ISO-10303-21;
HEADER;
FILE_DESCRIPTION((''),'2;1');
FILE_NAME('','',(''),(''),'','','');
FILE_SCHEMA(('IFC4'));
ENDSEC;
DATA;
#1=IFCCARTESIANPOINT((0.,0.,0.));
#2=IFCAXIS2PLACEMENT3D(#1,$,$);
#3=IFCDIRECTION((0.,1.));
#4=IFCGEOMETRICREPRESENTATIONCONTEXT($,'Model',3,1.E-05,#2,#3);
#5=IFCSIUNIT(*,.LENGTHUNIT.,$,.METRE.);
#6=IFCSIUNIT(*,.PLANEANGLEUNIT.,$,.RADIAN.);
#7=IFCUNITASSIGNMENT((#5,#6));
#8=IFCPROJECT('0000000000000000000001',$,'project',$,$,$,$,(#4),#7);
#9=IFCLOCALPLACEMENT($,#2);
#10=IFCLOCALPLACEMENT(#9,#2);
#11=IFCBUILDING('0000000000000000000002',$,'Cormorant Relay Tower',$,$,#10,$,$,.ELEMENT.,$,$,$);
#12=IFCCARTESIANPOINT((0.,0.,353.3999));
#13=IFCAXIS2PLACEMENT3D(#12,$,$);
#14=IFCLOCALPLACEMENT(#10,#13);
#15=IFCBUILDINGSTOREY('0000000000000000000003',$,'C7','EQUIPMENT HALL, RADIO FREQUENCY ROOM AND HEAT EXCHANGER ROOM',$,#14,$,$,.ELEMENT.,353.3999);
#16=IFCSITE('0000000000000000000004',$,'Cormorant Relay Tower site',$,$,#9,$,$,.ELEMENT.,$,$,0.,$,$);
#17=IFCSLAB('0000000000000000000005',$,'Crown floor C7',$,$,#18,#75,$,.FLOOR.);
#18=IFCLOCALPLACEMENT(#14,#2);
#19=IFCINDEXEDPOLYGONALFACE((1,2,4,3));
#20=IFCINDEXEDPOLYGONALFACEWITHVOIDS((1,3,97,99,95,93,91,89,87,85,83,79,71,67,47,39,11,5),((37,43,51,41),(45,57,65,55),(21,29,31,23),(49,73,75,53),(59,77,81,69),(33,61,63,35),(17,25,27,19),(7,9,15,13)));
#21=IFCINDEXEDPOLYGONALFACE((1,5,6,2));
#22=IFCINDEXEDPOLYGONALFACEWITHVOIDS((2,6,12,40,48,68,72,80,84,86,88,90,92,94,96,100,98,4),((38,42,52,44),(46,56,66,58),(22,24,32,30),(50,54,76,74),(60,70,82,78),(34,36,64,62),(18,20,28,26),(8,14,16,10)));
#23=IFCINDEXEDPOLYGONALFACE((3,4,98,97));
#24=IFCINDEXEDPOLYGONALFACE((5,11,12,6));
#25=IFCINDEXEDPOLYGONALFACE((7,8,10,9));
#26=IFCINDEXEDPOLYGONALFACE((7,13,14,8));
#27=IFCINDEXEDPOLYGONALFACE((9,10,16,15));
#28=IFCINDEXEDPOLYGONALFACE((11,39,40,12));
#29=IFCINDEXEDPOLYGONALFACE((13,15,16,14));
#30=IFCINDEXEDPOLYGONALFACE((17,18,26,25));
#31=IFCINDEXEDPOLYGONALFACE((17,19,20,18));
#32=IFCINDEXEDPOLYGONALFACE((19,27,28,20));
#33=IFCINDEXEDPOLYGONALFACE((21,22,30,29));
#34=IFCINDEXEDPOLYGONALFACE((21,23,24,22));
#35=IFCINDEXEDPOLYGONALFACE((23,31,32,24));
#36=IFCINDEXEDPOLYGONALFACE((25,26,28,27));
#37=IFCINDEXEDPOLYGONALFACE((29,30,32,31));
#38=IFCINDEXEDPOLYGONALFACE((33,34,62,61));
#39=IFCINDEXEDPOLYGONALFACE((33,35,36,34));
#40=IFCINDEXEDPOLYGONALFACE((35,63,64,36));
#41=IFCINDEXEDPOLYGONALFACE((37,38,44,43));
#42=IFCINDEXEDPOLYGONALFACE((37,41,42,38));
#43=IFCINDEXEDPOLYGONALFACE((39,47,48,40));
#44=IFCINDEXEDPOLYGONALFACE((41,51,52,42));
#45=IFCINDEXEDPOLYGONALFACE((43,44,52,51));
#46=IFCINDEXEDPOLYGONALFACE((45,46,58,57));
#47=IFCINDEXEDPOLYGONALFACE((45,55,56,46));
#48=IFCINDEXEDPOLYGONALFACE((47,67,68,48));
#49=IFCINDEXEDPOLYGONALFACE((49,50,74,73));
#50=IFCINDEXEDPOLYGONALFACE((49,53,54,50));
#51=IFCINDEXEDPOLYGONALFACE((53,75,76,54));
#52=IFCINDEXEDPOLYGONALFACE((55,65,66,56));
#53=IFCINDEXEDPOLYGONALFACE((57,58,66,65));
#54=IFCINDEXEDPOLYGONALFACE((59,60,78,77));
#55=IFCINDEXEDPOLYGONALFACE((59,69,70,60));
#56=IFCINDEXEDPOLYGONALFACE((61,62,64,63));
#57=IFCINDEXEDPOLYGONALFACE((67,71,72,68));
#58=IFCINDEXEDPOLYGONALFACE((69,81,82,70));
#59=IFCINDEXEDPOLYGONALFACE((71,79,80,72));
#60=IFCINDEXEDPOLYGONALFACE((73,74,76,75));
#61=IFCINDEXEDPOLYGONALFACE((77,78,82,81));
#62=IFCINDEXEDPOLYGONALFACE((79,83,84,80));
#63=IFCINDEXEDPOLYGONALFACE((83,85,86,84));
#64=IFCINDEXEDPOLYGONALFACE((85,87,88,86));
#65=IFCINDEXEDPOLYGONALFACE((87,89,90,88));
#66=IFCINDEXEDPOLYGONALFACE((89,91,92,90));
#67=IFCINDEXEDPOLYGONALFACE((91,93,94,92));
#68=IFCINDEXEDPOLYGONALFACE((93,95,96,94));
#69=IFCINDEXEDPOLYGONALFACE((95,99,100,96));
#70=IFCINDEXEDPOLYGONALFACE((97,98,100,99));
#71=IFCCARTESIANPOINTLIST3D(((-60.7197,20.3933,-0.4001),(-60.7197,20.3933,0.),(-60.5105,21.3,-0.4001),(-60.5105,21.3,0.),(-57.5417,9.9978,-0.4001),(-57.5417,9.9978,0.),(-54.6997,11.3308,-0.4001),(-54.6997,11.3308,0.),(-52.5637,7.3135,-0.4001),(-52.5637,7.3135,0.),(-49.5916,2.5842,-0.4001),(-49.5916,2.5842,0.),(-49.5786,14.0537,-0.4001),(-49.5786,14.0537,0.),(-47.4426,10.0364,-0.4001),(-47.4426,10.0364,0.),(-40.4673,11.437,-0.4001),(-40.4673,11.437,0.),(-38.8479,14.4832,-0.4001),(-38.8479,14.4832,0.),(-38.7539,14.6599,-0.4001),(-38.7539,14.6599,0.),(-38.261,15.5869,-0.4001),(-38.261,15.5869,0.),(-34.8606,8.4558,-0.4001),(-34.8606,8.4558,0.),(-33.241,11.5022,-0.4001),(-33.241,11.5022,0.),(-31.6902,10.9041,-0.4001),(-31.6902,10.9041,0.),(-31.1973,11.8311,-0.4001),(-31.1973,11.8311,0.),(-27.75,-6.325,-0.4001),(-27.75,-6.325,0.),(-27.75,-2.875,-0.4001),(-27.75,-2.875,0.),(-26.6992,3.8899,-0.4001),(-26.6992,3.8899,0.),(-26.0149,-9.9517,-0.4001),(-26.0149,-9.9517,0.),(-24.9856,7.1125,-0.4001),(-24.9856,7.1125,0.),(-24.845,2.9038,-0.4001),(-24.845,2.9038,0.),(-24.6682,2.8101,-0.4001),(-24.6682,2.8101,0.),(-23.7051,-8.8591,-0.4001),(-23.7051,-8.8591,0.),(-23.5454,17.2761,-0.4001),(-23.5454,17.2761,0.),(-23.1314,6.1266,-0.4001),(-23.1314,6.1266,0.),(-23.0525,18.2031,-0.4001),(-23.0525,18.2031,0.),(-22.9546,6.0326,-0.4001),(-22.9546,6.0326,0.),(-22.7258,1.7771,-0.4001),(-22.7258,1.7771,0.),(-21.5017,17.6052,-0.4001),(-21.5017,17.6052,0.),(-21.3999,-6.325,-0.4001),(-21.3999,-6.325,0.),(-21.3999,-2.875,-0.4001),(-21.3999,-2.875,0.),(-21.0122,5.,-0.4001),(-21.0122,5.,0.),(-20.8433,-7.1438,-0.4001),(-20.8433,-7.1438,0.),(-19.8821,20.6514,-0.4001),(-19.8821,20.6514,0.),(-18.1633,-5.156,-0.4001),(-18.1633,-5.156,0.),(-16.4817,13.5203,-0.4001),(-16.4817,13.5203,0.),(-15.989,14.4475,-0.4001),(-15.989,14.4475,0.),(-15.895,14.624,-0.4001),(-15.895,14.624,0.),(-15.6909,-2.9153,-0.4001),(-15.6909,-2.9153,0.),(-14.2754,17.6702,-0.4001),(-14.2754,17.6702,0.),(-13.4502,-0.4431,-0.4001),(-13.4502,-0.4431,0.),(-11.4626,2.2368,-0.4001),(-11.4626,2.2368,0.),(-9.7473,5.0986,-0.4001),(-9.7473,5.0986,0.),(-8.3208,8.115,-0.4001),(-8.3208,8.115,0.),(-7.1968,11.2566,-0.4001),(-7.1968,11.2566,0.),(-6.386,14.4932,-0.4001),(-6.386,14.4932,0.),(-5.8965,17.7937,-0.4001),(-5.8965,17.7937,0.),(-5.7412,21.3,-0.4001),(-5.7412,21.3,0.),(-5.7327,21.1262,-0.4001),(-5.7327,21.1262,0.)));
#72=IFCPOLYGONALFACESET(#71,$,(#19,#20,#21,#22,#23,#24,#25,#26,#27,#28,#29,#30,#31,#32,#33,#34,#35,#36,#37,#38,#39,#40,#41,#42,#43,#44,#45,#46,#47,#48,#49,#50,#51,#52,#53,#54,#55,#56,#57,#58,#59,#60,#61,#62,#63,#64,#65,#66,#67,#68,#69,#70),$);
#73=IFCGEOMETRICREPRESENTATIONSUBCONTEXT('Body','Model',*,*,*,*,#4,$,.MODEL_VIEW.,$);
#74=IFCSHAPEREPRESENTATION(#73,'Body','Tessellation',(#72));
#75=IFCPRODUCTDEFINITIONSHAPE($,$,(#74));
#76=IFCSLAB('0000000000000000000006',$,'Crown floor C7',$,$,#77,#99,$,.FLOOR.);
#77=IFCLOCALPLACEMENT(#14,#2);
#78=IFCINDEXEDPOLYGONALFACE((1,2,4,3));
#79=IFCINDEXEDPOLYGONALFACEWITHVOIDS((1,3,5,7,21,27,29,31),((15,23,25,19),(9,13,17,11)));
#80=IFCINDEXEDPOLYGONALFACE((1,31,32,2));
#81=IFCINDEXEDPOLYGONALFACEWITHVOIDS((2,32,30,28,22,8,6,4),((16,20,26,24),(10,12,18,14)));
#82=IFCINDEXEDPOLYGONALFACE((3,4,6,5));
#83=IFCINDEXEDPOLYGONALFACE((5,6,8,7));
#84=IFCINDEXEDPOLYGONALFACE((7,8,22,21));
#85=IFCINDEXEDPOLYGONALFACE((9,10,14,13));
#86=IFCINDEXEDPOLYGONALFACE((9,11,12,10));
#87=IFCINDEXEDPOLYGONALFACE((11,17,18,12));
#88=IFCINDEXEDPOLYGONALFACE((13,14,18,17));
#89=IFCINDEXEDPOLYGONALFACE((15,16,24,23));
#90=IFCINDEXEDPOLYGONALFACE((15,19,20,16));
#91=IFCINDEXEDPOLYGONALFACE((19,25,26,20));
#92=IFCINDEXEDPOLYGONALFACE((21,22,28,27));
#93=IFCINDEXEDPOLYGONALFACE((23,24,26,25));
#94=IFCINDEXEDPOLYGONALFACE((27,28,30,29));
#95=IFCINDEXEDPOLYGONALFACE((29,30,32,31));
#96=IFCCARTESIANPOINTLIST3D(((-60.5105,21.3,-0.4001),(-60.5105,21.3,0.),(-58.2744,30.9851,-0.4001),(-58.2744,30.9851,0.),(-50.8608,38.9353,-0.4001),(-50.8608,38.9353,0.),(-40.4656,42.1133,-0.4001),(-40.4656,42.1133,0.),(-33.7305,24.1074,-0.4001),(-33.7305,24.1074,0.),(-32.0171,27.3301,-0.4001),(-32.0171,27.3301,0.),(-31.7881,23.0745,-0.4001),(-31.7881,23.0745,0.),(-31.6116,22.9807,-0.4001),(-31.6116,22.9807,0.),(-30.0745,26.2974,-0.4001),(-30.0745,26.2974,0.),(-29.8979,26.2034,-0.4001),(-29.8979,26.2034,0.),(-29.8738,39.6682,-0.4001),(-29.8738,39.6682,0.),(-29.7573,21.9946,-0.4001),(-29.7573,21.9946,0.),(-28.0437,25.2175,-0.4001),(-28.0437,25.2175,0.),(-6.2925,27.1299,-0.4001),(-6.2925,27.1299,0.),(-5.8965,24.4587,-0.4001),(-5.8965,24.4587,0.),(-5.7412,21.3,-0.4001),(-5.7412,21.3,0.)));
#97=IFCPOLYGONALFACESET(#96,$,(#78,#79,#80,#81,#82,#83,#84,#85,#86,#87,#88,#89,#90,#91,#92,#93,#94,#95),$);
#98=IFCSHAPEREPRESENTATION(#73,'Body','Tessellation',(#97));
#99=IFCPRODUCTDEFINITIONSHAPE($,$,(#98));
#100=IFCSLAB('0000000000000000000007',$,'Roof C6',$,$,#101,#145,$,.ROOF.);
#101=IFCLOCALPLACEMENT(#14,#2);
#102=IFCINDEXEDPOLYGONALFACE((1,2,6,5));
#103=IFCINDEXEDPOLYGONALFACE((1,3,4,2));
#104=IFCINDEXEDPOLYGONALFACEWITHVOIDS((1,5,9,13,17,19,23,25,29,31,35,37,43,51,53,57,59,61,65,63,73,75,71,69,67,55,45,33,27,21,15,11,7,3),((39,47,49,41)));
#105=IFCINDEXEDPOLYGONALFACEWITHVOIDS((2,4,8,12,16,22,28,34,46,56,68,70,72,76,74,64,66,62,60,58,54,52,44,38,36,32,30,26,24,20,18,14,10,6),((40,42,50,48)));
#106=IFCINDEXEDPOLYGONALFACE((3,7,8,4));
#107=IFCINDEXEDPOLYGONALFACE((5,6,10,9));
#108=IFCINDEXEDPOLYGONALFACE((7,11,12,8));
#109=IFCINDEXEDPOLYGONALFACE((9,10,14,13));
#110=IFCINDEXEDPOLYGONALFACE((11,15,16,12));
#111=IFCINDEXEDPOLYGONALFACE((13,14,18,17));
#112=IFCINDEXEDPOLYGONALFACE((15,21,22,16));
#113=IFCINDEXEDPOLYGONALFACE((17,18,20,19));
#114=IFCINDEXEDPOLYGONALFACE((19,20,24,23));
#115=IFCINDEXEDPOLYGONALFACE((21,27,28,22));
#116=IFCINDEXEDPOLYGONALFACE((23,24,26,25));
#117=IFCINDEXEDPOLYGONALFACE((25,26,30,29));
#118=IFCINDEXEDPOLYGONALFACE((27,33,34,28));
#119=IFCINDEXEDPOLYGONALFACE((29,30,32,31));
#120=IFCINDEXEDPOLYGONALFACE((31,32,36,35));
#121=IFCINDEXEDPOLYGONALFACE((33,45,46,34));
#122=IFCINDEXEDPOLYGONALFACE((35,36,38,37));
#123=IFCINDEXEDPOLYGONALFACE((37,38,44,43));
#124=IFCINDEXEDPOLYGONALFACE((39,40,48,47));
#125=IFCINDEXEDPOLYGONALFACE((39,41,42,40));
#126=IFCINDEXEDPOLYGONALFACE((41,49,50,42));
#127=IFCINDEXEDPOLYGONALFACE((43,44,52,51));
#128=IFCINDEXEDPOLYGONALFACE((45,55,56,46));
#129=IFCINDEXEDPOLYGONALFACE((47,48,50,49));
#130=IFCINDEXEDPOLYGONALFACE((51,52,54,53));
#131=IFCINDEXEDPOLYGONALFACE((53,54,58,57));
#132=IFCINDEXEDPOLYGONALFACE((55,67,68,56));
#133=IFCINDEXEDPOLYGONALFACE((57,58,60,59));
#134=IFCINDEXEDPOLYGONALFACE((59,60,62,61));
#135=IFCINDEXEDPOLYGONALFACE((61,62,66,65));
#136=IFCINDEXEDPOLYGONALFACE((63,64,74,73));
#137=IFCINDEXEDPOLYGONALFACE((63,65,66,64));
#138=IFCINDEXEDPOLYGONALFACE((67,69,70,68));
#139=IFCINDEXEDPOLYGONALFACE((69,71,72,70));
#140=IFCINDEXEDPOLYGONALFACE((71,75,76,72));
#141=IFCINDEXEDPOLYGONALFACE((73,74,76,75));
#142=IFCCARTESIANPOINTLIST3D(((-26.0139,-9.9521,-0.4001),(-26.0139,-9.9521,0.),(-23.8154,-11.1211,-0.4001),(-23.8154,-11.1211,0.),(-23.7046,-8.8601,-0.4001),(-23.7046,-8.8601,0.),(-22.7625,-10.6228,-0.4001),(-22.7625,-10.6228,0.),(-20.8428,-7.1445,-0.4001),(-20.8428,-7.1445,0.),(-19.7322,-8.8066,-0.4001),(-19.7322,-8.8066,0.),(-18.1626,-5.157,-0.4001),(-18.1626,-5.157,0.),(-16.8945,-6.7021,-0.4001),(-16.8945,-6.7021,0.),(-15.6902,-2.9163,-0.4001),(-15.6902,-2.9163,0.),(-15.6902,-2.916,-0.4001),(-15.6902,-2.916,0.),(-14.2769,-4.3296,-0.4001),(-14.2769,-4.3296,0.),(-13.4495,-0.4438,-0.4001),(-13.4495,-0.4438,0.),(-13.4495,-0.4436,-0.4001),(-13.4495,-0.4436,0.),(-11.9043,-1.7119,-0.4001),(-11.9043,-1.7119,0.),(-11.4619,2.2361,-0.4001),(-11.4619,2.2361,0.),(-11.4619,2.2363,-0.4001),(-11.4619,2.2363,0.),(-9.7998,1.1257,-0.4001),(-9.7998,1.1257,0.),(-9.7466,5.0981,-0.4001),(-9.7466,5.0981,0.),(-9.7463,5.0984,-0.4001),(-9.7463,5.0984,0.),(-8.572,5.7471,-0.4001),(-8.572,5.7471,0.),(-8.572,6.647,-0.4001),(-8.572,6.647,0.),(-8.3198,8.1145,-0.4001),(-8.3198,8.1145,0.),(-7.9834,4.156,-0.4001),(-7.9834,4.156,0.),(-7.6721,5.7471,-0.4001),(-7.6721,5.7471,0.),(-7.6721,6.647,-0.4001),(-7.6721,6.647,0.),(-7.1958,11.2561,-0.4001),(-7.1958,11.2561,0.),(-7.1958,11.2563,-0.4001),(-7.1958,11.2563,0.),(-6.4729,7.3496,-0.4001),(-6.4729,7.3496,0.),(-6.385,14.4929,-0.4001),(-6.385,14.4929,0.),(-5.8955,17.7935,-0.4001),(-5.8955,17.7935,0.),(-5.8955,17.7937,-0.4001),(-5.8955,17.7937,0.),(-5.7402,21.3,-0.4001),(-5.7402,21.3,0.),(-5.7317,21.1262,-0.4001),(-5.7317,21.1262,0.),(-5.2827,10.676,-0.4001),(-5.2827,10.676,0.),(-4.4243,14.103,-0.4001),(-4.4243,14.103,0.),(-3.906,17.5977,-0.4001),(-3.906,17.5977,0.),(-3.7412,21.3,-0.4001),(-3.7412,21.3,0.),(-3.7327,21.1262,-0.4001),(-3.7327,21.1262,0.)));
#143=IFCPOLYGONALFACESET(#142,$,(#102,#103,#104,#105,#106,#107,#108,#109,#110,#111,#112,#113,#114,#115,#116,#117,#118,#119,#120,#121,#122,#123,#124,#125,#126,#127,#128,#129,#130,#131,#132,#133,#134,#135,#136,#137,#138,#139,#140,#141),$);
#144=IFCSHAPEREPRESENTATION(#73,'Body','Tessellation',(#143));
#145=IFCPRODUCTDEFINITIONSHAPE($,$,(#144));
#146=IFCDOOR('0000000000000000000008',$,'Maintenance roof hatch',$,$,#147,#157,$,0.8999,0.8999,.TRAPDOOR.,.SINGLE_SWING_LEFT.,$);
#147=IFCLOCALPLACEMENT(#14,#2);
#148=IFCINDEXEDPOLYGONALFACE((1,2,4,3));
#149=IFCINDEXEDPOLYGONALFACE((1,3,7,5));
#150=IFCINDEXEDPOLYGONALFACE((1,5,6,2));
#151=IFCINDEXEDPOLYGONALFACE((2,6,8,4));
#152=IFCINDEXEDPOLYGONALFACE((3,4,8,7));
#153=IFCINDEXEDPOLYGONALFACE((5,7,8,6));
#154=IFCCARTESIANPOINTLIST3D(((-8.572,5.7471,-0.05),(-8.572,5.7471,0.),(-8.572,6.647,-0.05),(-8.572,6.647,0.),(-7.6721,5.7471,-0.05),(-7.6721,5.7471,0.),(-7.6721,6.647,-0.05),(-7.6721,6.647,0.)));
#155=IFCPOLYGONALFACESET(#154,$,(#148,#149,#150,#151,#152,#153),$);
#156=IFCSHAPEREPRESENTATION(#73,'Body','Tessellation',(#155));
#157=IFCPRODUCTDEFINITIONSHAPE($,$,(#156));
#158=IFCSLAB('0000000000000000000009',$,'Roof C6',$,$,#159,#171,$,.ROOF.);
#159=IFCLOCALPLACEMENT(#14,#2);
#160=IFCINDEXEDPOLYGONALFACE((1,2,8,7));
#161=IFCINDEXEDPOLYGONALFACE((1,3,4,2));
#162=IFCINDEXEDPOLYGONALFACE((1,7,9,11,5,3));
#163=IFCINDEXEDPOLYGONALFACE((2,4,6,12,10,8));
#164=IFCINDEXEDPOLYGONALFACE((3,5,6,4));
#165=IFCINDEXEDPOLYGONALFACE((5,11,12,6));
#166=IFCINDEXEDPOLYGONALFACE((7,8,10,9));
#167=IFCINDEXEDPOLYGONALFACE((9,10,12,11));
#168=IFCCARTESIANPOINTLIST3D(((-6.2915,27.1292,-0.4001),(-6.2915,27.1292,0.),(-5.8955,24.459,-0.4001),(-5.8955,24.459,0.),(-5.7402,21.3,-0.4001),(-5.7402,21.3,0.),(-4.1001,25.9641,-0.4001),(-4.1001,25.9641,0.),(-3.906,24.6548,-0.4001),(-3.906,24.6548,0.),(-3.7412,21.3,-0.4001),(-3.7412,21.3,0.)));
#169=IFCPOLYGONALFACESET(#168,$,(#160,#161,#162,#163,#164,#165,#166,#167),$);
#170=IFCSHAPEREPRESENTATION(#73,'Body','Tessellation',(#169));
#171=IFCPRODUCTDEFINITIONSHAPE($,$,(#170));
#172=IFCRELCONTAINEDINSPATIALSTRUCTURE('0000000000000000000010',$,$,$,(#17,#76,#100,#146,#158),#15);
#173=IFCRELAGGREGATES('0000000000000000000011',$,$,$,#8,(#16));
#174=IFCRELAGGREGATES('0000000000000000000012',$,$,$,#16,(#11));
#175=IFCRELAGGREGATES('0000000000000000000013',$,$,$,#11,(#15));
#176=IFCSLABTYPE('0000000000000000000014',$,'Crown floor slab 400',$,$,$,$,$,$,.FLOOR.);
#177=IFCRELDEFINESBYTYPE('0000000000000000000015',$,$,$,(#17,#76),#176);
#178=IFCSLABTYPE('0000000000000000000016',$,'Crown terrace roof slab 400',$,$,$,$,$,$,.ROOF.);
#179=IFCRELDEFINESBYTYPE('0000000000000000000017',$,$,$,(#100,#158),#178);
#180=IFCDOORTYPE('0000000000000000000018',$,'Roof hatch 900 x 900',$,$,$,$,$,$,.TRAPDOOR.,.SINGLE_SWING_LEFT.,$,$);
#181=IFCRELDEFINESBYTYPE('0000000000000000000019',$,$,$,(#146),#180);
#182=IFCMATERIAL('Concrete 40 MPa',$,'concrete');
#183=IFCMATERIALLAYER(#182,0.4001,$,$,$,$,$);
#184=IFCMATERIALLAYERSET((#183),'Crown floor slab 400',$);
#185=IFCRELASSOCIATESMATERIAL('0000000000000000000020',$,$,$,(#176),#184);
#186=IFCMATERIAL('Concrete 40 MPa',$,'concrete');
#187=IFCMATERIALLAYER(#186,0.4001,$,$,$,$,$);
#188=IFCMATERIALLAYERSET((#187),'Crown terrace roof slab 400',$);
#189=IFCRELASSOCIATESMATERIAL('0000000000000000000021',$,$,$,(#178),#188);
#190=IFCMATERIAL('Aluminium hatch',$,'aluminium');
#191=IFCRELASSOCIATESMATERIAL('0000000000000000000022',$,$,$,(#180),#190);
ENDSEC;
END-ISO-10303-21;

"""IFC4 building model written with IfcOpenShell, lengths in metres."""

from ifc_helpers import new_model, si_unit, direction, frame, origin, origin_2d, place, context, subcontext, project, spatial, polyline, rectangle, outline, extrude, material, layer, layer_set, type_object, element, fill, save


model = new_model("IFC4")

# Units and contexts
model_context = context("Model", 3, precision=1e-05, world=origin(), true_north=direction((0.0, 1.0)))
body_context = subcontext(model_context, "Body", "Model", "MODEL_VIEW")
ifc_project = project(units=[si_unit("LENGTHUNIT", "METRE"), si_unit("PLANEANGLEUNIT", "RADIAN")], contexts=[model_context])

# Site, building, storey
site_placement = place(None, origin())
site = spatial("IfcSite", under=ifc_project, at=site_placement, Name="Cormorant Relay Tower site", CompositionType="ELEMENT", RefElevation=0.0)
building_placement = place(site_placement, origin())
building = spatial("IfcBuilding", under=site, at=building_placement, Name="Cormorant Relay Tower", CompositionType="ELEMENT")
storey_placement = place(building_placement, frame((0.0, 0.0, 353.3999)))
storey = spatial("IfcBuildingStorey", under=building, at=storey_placement, Name="C7", Description="EQUIPMENT HALL, RADIO FREQUENCY ROOM AND HEAT EXCHANGER ROOM", CompositionType="ELEMENT", Elevation=353.3999)

# Slabs
ifc_material_1 = material(Name="Concrete 40 MPa", Category="concrete")
ifc_layer_1 = layer(ifc_material_1, 0.4001)
ifc_layer_set_1 = layer_set([ifc_layer_1], Name="Crown floor slab 400")
slab_type_1 = type_object("IfcSlabType", Name="Crown floor slab 400", PredefinedType="FLOOR", material=ifc_layer_set_1)
slab_1_placement = place(storey_placement, frame((0.0, 0.0, -0.4001)))
element("IfcSlab", 1, at=slab_1_placement, inside=storey, type_object=slab_type_1, Name="Crown floor C7", PredefinedType="FLOOR", context=body_context, shape_type="SweptSolid", body=[
    extrude(outline(polyline([(-26.0149, -9.9517), (-23.7051, -8.8591), (-20.8433, -7.1438), (-18.1633, -5.156), (-15.6909, -2.9153), (-13.4502, -0.4431), (-11.4626, 2.2368), (-9.7473, 5.0986), (-8.3208, 8.115), (-7.1968, 11.2566), (-6.386, 14.4932), (-5.8965, 17.7937), (-5.7327, 21.1262), (-5.7412, 21.3), (-60.5105, 21.3), (-60.7197, 20.3933), (-57.5417, 9.9978), (-49.5916, 2.5842), (-26.0149, -9.9517)]), holes=[polyline([(-21.3999, -2.875), (-27.75, -2.875), (-27.75, -6.325), (-21.3999, -6.325), (-21.3999, -2.875)]), polyline([(-22.9546, 6.0327), (-24.6682, 2.8101), (-22.7258, 1.7771), (-21.0122, 5.0), (-23.043, 6.0796), (-22.9546, 6.0327)]), polyline([(-24.9856, 7.1125), (-26.6992, 3.8899), (-24.845, 2.9038), (-23.1313, 6.1267), (-23.043, 6.0796), (-24.9856, 7.1125)]), polyline([(-54.6997, 11.3308), (-52.5637, 7.3135), (-47.4426, 10.0364), (-49.5786, 14.0537), (-54.6997, 11.3308)]), polyline([(-38.8479, 14.4832), (-40.4673, 11.437), (-34.8606, 8.4558), (-33.241, 11.5022), (-38.8479, 14.4832)]), polyline([(-31.6902, 10.9041), (-31.1973, 11.8311), (-38.261, 15.5869), (-38.7539, 14.6599), (-31.6902, 10.9041)]), polyline([(-23.0525, 18.2031), (-23.5454, 17.2761), (-16.4817, 13.5203), (-15.989, 14.4475), (-23.0525, 18.2031)]), polyline([(-14.2754, 17.6702), (-19.8821, 20.6514), (-21.5017, 17.6052), (-15.895, 14.624), (-14.2754, 17.6702)])]), origin(), (0.0, 0.0, 1.0), 0.4001),
])
slab_2_placement = place(storey_placement, frame((0.0, 0.0, -0.4001)))
element("IfcSlab", 2, at=slab_2_placement, inside=storey, type_object=slab_type_1, Name="Crown floor C7", PredefinedType="FLOOR", context=body_context, shape_type="SweptSolid", body=[
    extrude(outline(polyline([(-60.5105, 21.3), (-5.7412, 21.3), (-5.8965, 24.4587), (-6.2925, 27.1299), (-29.8738, 39.6682), (-40.4656, 42.1133), (-50.8608, 38.9353), (-58.2744, 30.9851), (-60.5105, 21.3)]), holes=[polyline([(-29.7573, 21.9946), (-28.0437, 25.2175), (-29.8979, 26.2034), (-31.6116, 22.9807), (-29.7573, 21.9946)]), polyline([(-33.7305, 24.1074), (-31.7881, 23.0745), (-30.0745, 26.2974), (-32.0171, 27.3301), (-33.7305, 24.1074)])]), origin(), (0.0, 0.0, 1.0), 0.4001),
])

# Slab, opening, door
ifc_material_2 = material(Name="Concrete 40 MPa", Category="concrete")
ifc_layer_2 = layer(ifc_material_2, 0.4001)
ifc_layer_set_2 = layer_set([ifc_layer_2], Name="Crown terrace roof slab 400")
slab_type_2 = type_object("IfcSlabType", Name="Crown terrace roof slab 400", PredefinedType="ROOF", material=ifc_layer_set_2)
slab_3_placement = place(storey_placement, frame((0.0, 0.0, -0.4001)))
slab_3 = element("IfcSlab", 3, at=slab_3_placement, inside=storey, type_object=slab_type_2, Name="Roof C6", PredefinedType="ROOF", context=body_context, shape_type="SweptSolid", body=[
    extrude(outline(polyline([(-23.8154, -11.1211), (-22.7625, -10.6228), (-19.7322, -8.8066), (-16.8945, -6.7021), (-14.2769, -4.3296), (-11.9043, -1.7119), (-9.7998, 1.1257), (-7.9834, 4.156), (-6.4729, 7.3496), (-5.2827, 10.676), (-4.4243, 14.103), (-3.906, 17.5977), (-3.7327, 21.1262), (-3.7412, 21.3), (-5.7402, 21.3), (-5.7317, 21.1262), (-5.7317, 21.1262), (-5.8955, 17.7937), (-5.8955, 17.7935), (-6.385, 14.4929), (-6.385, 14.4929), (-7.1958, 11.2563), (-7.1958, 11.2561), (-8.3198, 8.1145), (-8.3198, 8.1145), (-9.7463, 5.0984), (-9.7466, 5.0981), (-11.4619, 2.2363), (-11.4619, 2.2361), (-13.4495, -0.4436), (-13.4495, -0.4438), (-15.6902, -2.916), (-15.6902, -2.9163), (-18.1626, -5.157), (-18.1626, -5.157), (-20.8428, -7.1445), (-20.8428, -7.1445), (-23.7046, -8.8601), (-23.7046, -8.8601), (-26.0139, -9.9521), (-23.8154, -11.1211)])), origin(), (0.0, 0.0, 1.0), 0.4001),
])
opening_placement = place(slab_3_placement, frame((-8.1221, 6.197, 0.0)))
opening = element("IfcOpeningElement", 4, at=opening_placement, cuts=slab_3, PredefinedType="OPENING", context=body_context, shape_type="SweptSolid", body=[
    extrude(rectangle(XDim=0.8999, YDim=0.8999, at=origin_2d()), origin(), (0.0, 0.0, 1.0), 0.4001),
])
ifc_material_3 = material(Name="Aluminium hatch", Category="aluminium")
door_type = type_object("IfcDoorType", Name="Roof hatch 900 x 900", OperationType="SINGLE_SWING_LEFT", PredefinedType="TRAPDOOR", material=ifc_material_3)
door_placement = place(opening_placement, frame((0.0, 0.0, 0.3501)))
door = element("IfcDoor", 5, at=door_placement, inside=storey, type_object=door_type, Name="Maintenance roof hatch", OperationType="SINGLE_SWING_LEFT", OverallHeight=0.8999, OverallWidth=0.8999, PredefinedType="TRAPDOOR", context=body_context, shape_type="SweptSolid", body=[
    extrude(rectangle(XDim=0.8999, YDim=0.8999, at=origin_2d()), origin(), (0.0, 0.0, 1.0), 0.05),
])
fill(opening, door)

# Slab
slab_4_placement = place(storey_placement, frame((0.0, 0.0, -0.4001)))
element("IfcSlab", 6, at=slab_4_placement, inside=storey, type_object=slab_type_2, Name="Roof C6", PredefinedType="ROOF", context=body_context, shape_type="SweptSolid", body=[
    extrude(outline(polyline([(-5.7402, 21.3), (-3.7412, 21.3), (-3.906, 24.6548), (-4.1001, 25.9641), (-6.2915, 27.1292), (-5.8955, 24.459), (-5.8955, 24.459), (-5.7402, 21.3)])), origin(), (0.0, 0.0, 1.0), 0.4001),
])

save(model, "model.ifc")
